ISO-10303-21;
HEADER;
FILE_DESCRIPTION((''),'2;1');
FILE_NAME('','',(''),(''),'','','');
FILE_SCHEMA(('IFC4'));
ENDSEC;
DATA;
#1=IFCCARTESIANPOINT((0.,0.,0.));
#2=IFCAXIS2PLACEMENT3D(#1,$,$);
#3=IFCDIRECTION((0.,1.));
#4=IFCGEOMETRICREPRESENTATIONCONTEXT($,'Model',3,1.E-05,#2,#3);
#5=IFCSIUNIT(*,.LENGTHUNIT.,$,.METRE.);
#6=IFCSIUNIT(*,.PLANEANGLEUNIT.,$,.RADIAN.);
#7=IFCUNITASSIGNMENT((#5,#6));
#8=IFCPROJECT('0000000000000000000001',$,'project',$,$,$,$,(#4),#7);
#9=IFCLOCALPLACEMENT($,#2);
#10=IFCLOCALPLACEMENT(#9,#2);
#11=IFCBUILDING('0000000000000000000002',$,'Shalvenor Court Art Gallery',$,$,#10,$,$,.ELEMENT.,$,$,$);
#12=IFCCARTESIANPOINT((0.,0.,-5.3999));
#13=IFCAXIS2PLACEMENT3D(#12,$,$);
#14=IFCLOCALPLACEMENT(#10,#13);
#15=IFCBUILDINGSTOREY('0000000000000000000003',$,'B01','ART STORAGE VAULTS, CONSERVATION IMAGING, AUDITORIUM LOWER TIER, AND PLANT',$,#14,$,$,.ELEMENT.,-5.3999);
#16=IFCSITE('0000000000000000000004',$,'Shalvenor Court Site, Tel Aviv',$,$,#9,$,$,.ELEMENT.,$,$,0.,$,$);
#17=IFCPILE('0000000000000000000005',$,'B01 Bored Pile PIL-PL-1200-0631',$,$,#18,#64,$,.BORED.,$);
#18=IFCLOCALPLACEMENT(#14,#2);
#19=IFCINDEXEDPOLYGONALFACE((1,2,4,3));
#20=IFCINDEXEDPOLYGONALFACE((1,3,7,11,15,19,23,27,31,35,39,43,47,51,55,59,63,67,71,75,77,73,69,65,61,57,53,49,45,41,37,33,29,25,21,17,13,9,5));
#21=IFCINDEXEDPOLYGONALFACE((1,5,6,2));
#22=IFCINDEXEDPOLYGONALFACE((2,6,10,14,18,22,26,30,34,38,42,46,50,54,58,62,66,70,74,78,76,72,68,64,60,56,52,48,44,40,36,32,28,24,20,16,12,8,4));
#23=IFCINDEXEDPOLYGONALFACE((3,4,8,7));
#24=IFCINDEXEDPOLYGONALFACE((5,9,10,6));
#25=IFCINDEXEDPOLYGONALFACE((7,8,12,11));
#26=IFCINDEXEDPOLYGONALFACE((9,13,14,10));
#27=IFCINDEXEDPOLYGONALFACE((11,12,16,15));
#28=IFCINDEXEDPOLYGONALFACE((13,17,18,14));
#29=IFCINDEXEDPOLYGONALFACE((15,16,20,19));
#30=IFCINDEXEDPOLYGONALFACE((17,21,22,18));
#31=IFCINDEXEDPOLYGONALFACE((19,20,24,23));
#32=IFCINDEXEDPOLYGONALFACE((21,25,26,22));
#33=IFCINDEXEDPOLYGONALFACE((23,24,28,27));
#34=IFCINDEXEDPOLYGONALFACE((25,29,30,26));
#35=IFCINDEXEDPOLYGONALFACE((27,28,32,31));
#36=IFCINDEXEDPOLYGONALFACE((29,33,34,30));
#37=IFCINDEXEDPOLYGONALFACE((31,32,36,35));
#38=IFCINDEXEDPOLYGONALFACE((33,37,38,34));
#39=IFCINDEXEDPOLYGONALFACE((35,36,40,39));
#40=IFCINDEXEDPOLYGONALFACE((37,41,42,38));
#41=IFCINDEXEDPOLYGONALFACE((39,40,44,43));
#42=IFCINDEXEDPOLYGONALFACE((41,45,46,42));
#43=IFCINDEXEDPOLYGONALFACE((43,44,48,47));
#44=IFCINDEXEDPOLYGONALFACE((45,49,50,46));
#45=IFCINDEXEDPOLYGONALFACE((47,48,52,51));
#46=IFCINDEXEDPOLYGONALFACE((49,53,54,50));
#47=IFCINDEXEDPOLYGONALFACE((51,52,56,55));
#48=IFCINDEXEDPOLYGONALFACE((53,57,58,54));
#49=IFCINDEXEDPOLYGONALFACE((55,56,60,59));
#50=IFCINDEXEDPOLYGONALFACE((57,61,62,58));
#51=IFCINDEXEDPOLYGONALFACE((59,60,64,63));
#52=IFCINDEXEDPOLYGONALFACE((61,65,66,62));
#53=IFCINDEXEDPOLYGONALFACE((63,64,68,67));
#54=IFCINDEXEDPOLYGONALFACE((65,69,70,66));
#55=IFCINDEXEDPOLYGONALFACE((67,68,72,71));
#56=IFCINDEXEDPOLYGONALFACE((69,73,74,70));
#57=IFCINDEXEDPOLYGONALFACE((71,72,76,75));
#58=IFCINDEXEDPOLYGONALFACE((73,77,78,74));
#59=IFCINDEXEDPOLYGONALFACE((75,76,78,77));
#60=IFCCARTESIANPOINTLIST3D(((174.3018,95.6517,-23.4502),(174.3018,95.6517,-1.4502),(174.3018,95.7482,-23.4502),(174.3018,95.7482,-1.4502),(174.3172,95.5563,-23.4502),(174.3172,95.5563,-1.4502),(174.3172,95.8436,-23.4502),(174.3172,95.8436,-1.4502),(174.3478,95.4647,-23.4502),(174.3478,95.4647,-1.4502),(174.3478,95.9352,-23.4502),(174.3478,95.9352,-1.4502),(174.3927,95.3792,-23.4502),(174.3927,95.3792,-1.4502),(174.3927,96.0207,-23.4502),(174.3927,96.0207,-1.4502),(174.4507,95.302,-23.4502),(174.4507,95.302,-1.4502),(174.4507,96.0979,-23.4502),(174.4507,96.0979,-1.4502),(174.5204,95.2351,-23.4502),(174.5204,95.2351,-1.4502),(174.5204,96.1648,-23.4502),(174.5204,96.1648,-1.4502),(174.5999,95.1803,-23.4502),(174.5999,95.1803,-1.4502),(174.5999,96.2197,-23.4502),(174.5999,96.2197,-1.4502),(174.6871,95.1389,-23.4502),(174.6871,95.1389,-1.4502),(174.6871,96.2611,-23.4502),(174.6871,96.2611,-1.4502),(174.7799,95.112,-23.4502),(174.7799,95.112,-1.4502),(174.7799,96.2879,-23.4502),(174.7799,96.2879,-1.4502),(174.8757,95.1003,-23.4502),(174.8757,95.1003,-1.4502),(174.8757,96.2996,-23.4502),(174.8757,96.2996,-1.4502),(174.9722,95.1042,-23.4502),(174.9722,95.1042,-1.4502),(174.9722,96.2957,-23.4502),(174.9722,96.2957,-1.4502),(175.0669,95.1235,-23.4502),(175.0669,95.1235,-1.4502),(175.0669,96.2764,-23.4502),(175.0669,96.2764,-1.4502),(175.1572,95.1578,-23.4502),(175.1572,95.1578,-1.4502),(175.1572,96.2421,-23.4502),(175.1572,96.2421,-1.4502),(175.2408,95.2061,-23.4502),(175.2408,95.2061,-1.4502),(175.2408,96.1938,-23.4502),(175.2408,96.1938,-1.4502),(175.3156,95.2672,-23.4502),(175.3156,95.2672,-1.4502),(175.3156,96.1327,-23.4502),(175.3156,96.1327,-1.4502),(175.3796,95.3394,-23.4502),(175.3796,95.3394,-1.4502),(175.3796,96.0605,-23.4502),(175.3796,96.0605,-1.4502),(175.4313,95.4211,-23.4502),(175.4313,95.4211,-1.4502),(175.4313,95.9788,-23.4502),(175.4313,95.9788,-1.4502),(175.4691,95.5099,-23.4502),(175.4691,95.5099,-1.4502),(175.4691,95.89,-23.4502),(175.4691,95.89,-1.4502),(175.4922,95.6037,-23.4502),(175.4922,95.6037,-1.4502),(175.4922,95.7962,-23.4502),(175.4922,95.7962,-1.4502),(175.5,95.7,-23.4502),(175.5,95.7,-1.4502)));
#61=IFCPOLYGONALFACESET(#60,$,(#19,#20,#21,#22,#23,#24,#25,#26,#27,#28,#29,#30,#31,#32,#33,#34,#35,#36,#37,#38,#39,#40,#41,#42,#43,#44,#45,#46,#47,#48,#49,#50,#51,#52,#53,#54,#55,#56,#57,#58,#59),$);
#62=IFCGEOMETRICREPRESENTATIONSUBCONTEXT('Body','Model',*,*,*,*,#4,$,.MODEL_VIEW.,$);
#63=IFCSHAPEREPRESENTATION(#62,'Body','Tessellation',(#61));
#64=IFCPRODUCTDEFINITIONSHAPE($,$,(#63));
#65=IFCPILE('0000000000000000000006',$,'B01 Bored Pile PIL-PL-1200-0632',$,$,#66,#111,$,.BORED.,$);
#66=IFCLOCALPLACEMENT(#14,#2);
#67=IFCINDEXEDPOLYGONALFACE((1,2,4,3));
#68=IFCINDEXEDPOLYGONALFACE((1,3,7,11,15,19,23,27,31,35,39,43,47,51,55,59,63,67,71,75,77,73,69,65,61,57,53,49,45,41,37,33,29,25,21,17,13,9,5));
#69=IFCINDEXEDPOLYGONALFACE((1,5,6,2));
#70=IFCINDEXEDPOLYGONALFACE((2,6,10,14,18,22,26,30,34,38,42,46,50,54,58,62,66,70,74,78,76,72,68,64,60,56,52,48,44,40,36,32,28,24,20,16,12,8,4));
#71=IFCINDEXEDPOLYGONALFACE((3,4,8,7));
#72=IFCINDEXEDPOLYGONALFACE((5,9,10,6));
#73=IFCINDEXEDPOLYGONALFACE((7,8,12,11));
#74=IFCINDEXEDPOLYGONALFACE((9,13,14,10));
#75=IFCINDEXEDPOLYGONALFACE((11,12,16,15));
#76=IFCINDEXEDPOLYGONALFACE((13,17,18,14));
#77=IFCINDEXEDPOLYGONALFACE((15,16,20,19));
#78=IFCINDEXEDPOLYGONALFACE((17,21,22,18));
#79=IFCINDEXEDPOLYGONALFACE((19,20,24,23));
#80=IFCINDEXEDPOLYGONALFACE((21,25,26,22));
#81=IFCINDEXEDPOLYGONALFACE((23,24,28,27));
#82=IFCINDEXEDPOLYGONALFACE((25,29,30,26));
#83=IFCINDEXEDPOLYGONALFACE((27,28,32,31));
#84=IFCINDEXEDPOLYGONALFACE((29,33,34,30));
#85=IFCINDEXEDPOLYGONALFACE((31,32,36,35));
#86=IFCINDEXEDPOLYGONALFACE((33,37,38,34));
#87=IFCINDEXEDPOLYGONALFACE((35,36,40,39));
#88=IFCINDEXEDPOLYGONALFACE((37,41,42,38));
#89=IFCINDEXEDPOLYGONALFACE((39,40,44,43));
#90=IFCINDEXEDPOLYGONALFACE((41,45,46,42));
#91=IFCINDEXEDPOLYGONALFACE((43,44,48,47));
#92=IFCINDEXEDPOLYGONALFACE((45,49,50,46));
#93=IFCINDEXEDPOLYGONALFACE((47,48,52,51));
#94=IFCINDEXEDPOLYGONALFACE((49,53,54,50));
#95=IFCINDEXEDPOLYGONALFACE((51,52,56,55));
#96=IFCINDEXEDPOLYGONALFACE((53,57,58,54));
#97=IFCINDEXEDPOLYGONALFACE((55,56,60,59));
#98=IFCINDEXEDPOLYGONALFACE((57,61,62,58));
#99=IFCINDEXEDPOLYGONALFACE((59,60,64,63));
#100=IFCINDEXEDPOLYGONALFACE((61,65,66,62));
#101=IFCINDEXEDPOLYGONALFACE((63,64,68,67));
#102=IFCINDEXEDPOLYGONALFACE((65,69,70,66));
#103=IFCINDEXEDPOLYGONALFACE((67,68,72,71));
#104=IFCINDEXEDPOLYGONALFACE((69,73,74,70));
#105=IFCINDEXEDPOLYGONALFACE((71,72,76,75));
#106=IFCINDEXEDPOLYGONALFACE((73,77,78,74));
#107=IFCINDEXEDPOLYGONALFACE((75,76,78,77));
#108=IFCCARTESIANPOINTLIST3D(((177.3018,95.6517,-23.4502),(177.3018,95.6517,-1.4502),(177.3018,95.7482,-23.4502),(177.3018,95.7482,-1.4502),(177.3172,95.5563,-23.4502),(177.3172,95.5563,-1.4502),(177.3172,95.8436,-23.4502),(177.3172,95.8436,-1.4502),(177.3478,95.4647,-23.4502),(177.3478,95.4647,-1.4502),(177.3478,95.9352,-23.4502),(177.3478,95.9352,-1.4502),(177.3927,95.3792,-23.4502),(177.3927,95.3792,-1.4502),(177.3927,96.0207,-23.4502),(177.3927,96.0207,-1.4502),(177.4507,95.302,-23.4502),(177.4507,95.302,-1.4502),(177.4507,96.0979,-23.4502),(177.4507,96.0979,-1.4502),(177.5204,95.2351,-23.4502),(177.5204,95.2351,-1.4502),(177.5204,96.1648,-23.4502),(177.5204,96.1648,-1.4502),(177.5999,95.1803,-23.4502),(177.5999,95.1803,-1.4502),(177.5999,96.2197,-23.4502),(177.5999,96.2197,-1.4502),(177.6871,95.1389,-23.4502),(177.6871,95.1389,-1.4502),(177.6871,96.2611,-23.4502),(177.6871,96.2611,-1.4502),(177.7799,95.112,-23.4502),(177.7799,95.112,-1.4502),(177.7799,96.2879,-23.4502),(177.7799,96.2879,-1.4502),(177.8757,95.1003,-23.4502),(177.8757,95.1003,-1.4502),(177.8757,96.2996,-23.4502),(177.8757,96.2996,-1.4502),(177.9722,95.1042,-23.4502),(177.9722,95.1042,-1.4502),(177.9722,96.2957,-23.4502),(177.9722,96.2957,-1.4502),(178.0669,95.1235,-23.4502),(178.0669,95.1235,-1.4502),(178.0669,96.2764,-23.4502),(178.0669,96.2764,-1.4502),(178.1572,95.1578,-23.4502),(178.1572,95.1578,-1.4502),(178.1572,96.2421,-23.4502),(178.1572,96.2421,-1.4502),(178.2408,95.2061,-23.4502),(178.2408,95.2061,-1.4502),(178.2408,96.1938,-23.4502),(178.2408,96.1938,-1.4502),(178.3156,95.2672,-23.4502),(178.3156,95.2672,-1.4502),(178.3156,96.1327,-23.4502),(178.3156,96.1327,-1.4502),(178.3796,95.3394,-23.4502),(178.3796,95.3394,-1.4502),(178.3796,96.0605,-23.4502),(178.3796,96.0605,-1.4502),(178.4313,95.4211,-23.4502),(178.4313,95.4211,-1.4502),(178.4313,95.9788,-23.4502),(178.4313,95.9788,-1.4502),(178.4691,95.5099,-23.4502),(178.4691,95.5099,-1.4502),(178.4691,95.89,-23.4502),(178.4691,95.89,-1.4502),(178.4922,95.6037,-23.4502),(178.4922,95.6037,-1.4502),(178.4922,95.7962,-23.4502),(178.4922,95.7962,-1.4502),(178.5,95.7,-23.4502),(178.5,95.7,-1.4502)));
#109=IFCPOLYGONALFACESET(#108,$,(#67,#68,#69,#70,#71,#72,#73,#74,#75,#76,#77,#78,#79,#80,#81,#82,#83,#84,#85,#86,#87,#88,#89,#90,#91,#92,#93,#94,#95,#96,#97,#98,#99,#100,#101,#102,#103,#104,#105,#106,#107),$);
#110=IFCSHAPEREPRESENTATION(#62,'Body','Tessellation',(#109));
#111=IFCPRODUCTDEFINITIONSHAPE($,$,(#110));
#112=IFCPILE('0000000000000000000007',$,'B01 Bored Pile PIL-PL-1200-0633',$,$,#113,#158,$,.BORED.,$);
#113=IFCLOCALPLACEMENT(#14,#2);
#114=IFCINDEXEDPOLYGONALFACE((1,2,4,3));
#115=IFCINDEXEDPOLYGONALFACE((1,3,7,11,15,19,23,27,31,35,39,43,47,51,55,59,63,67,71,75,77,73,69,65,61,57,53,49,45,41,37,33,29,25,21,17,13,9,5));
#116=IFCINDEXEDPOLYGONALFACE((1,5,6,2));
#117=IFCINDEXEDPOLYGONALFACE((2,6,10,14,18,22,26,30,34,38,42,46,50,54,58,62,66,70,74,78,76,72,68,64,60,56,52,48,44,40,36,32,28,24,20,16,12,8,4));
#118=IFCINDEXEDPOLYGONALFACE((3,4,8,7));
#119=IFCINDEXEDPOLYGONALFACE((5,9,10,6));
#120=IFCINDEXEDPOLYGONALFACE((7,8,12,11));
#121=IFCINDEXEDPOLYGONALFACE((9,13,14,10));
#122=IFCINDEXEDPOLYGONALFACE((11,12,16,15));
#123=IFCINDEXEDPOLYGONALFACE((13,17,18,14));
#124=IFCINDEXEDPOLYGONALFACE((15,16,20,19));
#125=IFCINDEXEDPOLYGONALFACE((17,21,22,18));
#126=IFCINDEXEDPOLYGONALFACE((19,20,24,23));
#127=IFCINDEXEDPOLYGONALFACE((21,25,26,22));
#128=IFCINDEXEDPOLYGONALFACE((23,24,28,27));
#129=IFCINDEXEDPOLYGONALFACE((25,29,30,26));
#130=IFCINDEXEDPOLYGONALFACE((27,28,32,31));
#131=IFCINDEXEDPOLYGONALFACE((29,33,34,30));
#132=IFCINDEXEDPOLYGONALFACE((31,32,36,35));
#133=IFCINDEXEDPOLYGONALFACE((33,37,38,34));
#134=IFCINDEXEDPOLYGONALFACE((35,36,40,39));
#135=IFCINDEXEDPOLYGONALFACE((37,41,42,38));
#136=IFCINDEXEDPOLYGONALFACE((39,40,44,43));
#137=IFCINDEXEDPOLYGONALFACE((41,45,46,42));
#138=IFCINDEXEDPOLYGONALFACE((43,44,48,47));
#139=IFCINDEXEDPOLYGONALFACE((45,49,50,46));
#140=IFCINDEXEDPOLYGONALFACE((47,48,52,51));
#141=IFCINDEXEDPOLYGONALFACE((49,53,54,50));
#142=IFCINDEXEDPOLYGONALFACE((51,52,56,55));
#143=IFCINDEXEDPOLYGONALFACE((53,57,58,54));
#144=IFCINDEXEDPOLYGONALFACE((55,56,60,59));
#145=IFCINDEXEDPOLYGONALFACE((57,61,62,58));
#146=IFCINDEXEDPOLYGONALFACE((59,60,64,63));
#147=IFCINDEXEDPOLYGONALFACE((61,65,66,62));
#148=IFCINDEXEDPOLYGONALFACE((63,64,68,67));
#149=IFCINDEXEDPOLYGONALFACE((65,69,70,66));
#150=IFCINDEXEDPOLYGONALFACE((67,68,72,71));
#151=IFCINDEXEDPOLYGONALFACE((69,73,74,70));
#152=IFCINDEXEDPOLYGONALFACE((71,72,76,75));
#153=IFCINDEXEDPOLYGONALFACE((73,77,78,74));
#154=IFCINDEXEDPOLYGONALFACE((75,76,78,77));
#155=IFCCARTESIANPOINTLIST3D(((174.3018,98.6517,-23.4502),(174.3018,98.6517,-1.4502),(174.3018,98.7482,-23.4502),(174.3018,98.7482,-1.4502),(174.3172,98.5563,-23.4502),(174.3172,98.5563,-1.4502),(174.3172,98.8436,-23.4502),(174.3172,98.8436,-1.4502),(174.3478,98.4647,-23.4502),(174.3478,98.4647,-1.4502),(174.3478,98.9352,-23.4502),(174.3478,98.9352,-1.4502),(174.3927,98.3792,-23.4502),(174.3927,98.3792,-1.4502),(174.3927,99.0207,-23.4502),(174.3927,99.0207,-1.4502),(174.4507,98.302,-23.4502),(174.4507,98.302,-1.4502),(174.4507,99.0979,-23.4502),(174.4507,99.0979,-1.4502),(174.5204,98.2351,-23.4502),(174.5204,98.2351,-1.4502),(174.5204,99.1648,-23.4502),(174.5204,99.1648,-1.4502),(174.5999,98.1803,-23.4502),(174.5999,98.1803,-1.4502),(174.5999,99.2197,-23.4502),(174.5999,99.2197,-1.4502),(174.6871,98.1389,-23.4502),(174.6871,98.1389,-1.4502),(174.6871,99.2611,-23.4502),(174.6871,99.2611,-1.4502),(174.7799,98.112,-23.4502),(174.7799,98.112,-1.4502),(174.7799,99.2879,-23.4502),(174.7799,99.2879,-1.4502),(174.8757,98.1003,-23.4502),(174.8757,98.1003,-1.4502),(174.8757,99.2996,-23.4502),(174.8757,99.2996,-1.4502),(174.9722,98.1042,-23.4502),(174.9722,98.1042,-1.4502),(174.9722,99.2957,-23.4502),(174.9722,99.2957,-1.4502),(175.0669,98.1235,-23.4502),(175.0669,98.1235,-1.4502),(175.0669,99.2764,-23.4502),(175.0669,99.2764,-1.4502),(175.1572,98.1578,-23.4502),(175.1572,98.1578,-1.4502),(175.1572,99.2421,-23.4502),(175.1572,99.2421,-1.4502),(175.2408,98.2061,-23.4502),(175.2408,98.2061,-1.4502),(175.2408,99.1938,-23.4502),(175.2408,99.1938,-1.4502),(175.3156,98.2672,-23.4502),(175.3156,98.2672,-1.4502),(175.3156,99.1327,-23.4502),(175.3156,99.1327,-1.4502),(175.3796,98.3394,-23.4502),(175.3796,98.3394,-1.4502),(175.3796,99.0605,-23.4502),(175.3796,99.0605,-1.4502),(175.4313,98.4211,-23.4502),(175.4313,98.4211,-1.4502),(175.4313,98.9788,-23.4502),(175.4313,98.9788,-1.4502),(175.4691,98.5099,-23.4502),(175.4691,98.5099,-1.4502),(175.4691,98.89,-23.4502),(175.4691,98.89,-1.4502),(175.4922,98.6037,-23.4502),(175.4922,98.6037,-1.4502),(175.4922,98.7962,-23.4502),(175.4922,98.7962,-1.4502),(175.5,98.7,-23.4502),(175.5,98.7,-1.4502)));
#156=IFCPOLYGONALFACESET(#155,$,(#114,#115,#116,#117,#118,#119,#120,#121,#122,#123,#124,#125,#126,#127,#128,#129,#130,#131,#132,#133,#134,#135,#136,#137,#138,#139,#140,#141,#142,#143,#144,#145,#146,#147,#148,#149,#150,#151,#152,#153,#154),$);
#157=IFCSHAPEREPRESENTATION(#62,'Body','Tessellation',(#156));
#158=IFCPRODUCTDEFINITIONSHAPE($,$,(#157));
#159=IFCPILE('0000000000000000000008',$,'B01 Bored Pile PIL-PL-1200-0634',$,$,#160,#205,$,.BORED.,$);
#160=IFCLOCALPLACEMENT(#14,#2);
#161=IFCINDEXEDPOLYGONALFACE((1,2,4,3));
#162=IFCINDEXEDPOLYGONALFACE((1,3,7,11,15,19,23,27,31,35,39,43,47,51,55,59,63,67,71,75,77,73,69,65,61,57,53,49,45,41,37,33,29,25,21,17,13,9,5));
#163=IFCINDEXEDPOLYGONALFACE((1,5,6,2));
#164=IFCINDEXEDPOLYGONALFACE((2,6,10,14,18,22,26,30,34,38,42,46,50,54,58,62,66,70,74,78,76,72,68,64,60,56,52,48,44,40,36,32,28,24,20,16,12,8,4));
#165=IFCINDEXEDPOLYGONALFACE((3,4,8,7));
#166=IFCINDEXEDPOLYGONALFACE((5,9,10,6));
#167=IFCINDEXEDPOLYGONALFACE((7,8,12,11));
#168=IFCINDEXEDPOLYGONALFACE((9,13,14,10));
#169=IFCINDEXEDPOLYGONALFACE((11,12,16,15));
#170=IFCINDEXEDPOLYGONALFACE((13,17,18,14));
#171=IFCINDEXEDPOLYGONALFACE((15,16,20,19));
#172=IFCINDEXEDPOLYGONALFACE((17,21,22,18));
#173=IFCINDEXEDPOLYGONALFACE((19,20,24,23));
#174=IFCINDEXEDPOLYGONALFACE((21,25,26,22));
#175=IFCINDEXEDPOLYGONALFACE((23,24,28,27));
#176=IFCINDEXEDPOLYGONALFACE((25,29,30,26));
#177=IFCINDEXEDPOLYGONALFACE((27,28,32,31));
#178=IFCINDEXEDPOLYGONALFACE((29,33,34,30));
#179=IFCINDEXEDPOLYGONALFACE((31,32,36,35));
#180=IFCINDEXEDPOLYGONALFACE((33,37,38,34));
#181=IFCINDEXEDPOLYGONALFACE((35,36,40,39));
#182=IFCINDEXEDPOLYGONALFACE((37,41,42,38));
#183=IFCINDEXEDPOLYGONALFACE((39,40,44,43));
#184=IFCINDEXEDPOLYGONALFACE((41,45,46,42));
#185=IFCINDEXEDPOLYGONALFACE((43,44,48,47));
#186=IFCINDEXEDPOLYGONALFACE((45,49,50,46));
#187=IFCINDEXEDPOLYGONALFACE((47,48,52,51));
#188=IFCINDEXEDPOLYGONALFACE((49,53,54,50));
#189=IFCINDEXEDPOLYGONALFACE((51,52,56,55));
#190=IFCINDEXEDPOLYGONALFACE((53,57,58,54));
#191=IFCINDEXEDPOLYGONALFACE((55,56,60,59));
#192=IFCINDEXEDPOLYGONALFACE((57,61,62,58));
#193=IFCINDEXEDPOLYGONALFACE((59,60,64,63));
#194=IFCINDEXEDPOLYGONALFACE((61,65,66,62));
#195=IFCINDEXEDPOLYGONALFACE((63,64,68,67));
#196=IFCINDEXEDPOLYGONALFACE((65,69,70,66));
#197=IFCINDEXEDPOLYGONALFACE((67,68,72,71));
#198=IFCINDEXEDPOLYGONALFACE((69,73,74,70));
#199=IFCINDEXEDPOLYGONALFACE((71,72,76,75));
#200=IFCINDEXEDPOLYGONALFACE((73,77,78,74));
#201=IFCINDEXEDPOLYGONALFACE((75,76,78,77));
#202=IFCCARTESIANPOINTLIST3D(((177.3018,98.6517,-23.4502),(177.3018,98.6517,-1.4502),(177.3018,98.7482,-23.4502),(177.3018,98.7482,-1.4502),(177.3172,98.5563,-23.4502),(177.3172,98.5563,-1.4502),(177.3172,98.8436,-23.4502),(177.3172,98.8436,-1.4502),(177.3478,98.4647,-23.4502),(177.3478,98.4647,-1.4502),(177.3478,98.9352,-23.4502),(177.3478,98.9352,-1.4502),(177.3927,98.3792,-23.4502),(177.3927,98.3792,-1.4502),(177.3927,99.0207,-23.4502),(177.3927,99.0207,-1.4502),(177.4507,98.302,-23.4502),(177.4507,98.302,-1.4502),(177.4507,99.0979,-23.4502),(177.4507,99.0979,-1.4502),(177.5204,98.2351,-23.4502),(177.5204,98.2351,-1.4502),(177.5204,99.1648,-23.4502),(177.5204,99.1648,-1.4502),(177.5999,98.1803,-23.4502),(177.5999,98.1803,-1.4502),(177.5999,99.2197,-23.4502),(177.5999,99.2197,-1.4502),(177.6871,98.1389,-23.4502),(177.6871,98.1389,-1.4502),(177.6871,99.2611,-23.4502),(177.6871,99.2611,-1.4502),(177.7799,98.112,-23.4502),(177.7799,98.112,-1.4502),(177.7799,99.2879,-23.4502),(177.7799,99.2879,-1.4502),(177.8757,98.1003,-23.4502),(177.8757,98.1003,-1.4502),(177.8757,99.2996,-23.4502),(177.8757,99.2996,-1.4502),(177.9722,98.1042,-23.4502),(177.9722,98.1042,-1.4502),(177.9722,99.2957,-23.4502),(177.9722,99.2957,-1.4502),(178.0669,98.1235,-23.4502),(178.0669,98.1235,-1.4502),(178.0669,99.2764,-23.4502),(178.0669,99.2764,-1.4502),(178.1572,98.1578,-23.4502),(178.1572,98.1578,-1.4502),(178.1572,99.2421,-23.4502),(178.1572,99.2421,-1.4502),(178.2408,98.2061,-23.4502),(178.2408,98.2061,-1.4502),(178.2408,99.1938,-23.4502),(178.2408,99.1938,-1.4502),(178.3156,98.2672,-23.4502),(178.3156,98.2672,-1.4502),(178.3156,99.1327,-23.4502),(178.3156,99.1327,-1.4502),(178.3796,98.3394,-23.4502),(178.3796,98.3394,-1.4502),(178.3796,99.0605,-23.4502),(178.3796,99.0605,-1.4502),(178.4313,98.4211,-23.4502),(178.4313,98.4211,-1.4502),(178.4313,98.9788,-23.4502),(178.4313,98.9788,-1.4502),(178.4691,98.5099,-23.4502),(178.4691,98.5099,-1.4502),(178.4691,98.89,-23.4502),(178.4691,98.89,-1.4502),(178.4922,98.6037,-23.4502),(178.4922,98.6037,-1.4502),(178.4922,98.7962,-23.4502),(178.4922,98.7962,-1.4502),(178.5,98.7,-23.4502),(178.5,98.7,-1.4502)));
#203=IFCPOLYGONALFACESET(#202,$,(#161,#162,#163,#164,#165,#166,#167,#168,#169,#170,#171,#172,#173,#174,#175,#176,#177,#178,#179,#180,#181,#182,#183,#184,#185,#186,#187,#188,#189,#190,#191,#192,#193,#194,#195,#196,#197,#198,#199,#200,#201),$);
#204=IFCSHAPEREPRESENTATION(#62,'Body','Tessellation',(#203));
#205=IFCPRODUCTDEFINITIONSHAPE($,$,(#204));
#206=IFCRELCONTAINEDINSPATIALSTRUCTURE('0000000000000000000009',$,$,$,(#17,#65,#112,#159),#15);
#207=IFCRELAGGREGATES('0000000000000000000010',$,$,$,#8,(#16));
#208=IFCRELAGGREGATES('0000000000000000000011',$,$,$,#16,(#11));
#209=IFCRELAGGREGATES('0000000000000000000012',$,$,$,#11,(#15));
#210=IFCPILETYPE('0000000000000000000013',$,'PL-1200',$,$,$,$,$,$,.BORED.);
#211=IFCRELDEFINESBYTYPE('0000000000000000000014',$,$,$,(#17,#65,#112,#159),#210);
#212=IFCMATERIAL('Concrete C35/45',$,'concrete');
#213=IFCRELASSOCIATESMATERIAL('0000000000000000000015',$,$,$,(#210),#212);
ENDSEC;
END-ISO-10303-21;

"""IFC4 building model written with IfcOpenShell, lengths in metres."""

from ifc_helpers import new_model, si_unit, direction, frame, origin, origin_2d, place, context, subcontext, project, spatial, circle, extrude, material, material_profile, profile_set, type_object, element, save


model = new_model("IFC4")

# Units and contexts
model_context = context("Model", 3, precision=1e-05, world=origin(), true_north=direction((0.0, 1.0)))
body_context = subcontext(model_context, "Body", "Model", "MODEL_VIEW")
ifc_project = project(units=[si_unit("LENGTHUNIT", "METRE"), si_unit("PLANEANGLEUNIT", "RADIAN")], contexts=[model_context])

# Site, building, storey
site_placement = place(None, origin())
site = spatial("IfcSite", under=ifc_project, at=site_placement, Name="Shalvenor Court Site, Tel Aviv", CompositionType="ELEMENT", RefElevation=0.0)
building_placement = place(site_placement, origin())
building = spatial("IfcBuilding", under=site, at=building_placement, Name="Shalvenor Court Art Gallery", CompositionType="ELEMENT")
storey_placement = place(building_placement, frame((0.0, 0.0, -5.3999)))
storey = spatial("IfcBuildingStorey", under=building, at=storey_placement, Name="B01", Description="ART STORAGE VAULTS, CONSERVATION IMAGING, AUDITORIUM LOWER TIER, AND PLANT", CompositionType="ELEMENT", Elevation=-5.3999)

# Piles
ifc_material_1 = material(Name="Concrete C35/45", Category="concrete")
ifc_material_profile_1 = material_profile(ifc_material_1, circle(Radius=0.6001, at=origin_2d()), Name="PILE 1200")
ifc_profile_set_1 = profile_set([ifc_material_profile_1], Name="Concrete C35/45")
pile_type = type_object("IfcPileType", Name="PL-1200", PredefinedType="BORED", material=ifc_profile_set_1)
for number, where, z_axis, x_axis, name in (
    (1, (174.8999, 95.7, -1.4502), (0.0, 0.0, -1.0), (1.0, 0.0, 0.0), "B01 Bored Pile PIL-PL-1200-0631"),
    (2, (177.8999, 95.7, -1.4502), (0.0, 0.0, -1.0), (1.0, 0.0, 0.0), "B01 Bored Pile PIL-PL-1200-0632"),
    (3, (174.8999, 98.7, -1.4502), (0.0, 0.0, -1.0), (1.0, 0.0, 0.0), "B01 Bored Pile PIL-PL-1200-0633"),
    (4, (177.8999, 98.7, -1.4502), (0.0, 0.0, -1.0), (1.0, 0.0, 0.0), "B01 Bored Pile PIL-PL-1200-0634"),
):
    element("IfcPile", number, at=place(storey_placement, frame(where, z_axis=z_axis, x_axis=x_axis)), inside=storey, type_object=pile_type, Name=name, PredefinedType="BORED", context=body_context, shape_type="SweptSolid", body=[
        extrude(circle(Radius=0.6001, at=origin_2d()), origin(), (0.0, 0.0, 1.0), 22.0),
    ])

save(model, "model.ifc")
